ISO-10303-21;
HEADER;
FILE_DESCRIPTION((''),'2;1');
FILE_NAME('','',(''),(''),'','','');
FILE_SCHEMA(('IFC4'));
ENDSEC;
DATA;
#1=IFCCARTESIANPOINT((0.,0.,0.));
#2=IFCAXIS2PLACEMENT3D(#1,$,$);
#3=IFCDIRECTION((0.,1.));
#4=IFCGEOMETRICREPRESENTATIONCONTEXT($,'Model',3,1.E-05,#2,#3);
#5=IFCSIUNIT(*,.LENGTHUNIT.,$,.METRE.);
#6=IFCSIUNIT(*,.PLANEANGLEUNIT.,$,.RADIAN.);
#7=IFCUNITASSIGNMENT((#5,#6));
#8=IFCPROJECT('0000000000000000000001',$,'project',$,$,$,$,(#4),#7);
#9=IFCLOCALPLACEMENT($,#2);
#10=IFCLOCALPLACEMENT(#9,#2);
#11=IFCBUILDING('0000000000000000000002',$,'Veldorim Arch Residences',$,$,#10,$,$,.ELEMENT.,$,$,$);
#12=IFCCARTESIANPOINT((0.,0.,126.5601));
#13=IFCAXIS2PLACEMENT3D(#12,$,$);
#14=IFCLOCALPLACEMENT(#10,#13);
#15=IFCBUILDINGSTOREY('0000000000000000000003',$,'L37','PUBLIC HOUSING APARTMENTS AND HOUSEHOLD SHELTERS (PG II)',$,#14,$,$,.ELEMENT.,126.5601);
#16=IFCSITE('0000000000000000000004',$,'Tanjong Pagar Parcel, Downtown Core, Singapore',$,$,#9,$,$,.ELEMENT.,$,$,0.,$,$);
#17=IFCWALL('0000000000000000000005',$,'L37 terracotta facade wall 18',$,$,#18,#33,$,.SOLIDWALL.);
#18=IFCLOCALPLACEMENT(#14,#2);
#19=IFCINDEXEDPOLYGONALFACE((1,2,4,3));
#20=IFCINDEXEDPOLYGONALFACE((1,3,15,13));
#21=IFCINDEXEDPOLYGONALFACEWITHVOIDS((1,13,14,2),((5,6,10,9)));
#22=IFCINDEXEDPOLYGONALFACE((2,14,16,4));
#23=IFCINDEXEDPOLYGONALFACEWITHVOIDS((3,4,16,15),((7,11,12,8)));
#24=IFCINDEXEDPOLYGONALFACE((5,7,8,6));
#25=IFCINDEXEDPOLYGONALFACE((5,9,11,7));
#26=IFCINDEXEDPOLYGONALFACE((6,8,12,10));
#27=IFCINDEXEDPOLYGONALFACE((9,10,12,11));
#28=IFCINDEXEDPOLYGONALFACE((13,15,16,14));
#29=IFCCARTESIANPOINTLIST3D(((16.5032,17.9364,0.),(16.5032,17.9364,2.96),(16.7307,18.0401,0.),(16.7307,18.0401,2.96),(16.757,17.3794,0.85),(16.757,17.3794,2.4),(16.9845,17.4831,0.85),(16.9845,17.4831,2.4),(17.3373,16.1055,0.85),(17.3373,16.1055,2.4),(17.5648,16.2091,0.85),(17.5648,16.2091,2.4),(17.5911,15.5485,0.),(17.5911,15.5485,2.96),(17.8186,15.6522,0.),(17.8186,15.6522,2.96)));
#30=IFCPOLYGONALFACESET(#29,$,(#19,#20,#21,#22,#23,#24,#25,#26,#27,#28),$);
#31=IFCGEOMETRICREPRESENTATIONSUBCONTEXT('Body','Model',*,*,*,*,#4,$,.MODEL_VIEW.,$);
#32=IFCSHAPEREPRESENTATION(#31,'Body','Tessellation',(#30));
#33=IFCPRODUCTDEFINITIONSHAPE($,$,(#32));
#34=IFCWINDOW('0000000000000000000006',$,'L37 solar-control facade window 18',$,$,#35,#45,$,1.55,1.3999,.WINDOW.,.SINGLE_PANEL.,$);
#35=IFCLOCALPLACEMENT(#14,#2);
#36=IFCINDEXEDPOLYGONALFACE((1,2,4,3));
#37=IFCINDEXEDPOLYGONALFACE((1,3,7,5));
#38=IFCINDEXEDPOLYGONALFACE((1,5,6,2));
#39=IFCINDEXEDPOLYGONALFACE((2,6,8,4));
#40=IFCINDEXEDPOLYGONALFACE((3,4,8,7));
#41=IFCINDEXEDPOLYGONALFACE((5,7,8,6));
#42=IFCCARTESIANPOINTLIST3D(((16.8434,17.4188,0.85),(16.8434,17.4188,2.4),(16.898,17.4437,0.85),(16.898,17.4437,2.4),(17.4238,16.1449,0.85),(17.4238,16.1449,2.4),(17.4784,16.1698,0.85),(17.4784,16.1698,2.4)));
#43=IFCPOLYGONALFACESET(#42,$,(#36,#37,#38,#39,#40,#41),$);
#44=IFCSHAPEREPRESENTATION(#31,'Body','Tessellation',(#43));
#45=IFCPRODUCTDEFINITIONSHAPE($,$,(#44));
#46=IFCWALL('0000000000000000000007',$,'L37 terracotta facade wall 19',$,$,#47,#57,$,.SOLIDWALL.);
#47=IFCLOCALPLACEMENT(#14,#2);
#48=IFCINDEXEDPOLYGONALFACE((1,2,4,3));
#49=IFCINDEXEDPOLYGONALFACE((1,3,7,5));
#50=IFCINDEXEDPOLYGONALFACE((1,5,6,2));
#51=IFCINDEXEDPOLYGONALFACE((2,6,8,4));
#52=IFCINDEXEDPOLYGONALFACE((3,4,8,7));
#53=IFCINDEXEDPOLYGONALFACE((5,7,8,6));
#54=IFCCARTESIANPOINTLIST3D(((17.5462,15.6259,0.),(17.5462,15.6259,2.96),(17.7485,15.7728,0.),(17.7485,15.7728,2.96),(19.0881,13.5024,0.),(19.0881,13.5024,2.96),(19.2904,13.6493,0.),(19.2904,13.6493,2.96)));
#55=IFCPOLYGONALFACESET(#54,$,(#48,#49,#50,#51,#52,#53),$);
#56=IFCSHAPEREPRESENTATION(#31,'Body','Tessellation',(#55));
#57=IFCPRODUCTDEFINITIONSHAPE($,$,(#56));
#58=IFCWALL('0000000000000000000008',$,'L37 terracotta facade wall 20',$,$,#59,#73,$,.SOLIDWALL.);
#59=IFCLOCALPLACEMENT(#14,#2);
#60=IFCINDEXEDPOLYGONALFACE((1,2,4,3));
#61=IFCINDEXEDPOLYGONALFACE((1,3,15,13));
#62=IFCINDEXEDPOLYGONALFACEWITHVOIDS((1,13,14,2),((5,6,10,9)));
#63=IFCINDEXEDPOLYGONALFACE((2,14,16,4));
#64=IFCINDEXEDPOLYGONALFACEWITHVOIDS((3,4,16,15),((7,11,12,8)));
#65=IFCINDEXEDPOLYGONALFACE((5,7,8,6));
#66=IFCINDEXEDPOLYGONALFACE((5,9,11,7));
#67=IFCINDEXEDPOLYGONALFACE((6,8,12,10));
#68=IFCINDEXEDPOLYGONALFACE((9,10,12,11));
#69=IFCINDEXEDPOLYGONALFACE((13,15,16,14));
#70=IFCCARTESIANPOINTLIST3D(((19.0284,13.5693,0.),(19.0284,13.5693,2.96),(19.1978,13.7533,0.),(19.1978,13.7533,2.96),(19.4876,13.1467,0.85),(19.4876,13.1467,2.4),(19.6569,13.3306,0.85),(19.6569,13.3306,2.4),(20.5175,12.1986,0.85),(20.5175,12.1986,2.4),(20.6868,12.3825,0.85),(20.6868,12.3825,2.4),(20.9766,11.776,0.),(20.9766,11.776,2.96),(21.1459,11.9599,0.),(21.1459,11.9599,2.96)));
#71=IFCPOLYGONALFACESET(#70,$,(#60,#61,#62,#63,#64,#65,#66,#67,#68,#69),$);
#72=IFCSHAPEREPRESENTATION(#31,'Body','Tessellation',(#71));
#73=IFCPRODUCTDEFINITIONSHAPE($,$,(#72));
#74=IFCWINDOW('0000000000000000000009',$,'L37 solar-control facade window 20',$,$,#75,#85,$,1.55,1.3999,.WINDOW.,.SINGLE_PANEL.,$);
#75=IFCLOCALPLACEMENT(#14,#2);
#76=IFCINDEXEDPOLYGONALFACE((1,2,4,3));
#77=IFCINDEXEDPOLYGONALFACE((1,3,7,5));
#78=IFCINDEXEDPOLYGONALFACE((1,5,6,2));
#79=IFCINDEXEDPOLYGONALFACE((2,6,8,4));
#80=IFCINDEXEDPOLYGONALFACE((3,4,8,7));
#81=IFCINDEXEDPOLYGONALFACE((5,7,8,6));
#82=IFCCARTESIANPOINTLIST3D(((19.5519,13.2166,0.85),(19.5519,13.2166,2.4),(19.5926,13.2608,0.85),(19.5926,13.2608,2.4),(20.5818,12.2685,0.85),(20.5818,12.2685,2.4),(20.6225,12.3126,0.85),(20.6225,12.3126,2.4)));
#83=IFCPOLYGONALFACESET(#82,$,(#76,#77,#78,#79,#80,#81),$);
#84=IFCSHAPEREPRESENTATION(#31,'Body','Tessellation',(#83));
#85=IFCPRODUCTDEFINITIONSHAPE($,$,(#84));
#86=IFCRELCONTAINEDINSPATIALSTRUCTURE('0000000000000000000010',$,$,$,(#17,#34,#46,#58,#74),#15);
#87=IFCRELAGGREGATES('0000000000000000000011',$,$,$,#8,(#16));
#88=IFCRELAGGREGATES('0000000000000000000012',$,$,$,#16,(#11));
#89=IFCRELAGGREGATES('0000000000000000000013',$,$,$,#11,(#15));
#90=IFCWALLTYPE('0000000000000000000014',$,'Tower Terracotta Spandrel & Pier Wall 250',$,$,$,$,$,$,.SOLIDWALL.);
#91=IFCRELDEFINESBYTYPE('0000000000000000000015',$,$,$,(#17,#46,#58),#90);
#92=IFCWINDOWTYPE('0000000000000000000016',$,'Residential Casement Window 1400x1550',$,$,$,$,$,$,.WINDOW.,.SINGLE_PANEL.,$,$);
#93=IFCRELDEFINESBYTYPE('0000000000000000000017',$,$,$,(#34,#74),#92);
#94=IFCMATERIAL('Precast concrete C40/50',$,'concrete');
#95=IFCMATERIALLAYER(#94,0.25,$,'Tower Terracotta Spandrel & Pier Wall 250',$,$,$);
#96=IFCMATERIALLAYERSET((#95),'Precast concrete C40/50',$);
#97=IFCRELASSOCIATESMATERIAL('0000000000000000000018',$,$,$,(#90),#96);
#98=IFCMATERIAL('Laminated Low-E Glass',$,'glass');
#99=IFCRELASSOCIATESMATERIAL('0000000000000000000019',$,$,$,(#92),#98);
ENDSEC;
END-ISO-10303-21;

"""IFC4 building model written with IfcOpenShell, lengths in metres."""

from ifc_helpers import new_model, si_unit, direction, frame, frame_2d, origin, place, context, subcontext, project, spatial, rectangle, extrude, material, layer, layer_set, type_object, element, fill, save


model = new_model("IFC4")

# Units and contexts
model_context = context("Model", 3, precision=1e-05, world=origin(), true_north=direction((0.0, 1.0)))
body_context = subcontext(model_context, "Body", "Model", "MODEL_VIEW")
ifc_project = project(units=[si_unit("LENGTHUNIT", "METRE"), si_unit("PLANEANGLEUNIT", "RADIAN")], contexts=[model_context])

# Site, building, storey
site_placement = place(None, origin())
site = spatial("IfcSite", under=ifc_project, at=site_placement, Name="Tanjong Pagar Parcel, Downtown Core, Singapore", CompositionType="ELEMENT", RefElevation=0.0)
building_placement = place(site_placement, origin())
building = spatial("IfcBuilding", under=site, at=building_placement, Name="Veldorim Arch Residences", CompositionType="ELEMENT")
storey_placement = place(building_placement, frame((0.0, 0.0, 126.5601)))
storey = spatial("IfcBuildingStorey", under=building, at=storey_placement, Name="L37", Description="PUBLIC HOUSING APARTMENTS AND HOUSEHOLD SHELTERS (PG II)", CompositionType="ELEMENT", Elevation=126.5601)

# Wall, opening, window
ifc_material_1 = material(Name="Precast concrete C40/50", Category="concrete")
ifc_layer_1 = layer(ifc_material_1, 0.25, Name="Tower Terracotta Spandrel & Pier Wall 250")
ifc_layer_set_1 = layer_set([ifc_layer_1], Name="Precast concrete C40/50")
wall_type_1 = type_object("IfcWallType", Name="Tower Terracotta Spandrel & Pier Wall 250", PredefinedType="SOLIDWALL", material=ifc_layer_set_1)
wall_1_placement = place(storey_placement, frame((17.7048, 15.6003, 0.0), z_axis=(0.0, 0.0, 1.0), x_axis=(-0.414581, 0.910012, 0.0)))
wall_1 = element("IfcWall", 1, at=wall_1_placement, inside=storey, type_object=wall_type_1, Name="L37 terracotta facade wall 18", PredefinedType="SOLIDWALL", context=body_context, shape_type="SweptSolid", body=[
    extrude(rectangle(XDim=2.624, YDim=0.25, at=frame_2d((1.312, 0.0))), origin(), (0.0, 0.0, 1.0), 2.96),
])
opening_1_placement = place(wall_1_placement, frame((0.6121, 0.0, 0.8501)))
opening_1 = element("IfcOpeningElement", 2, at=opening_1_placement, cuts=wall_1, PredefinedType="OPENING", context=body_context, shape_type="SweptSolid", body=[
    extrude(rectangle(XDim=1.3999, YDim=1.55, at=frame_2d((0.7, 0.7749))), frame((0.0, 0.135, 0.0), z_axis=(0.0, -1.0, 0.0), x_axis=(1.0, 0.0, 0.0)), (0.0, 0.0, 1.0), 0.27),
])
ifc_material_2 = material(Name="Laminated Low-E Glass", Category="glass")
window_type = type_object("IfcWindowType", Name="Residential Casement Window 1400x1550", PartitioningType="SINGLE_PANEL", PredefinedType="WINDOW", material=ifc_material_2)
window_1_placement = place(opening_1_placement, origin())
window_1 = element("IfcWindow", 3, at=window_1_placement, inside=storey, type_object=window_type, Name="L37 solar-control facade window 18", OverallHeight=1.55, OverallWidth=1.3999, PartitioningType="SINGLE_PANEL", PredefinedType="WINDOW", context=body_context, shape_type="SweptSolid", body=[
    extrude(rectangle(XDim=1.3999, YDim=1.55, at=frame_2d((0.7, 0.7749))), frame((0.0, 0.03, 0.0), z_axis=(0.0, -1.0, 0.0), x_axis=(1.0, 0.0, 0.0)), (0.0, 0.0, 1.0), 0.0601),
])
fill(opening_1, window_1)

# Wall
wall_2_placement = place(storey_placement, frame((19.1892, 13.5759, 0.0), z_axis=(0.0, 0.0, 1.0), x_axis=(-0.587574, 0.80917, 0.0)))
element("IfcWall", 4, at=wall_2_placement, inside=storey, type_object=wall_type_1, Name="L37 terracotta facade wall 19", PredefinedType="SOLIDWALL", context=body_context, shape_type="SweptSolid", body=[
    extrude(rectangle(XDim=2.6243, YDim=0.25, at=frame_2d((1.312, 0.0))), origin(), (0.0, 0.0, 1.0), 2.96),
])

# Wall, opening, window
wall_3_placement = place(storey_placement, frame((21.0613, 11.8679, 0.0), z_axis=(0.0, 0.0, 1.0), x_axis=(-0.735729, 0.677276, 0.0)))
wall_3 = element("IfcWall", 5, at=wall_3_placement, inside=storey, type_object=wall_type_1, Name="L37 terracotta facade wall 20", PredefinedType="SOLIDWALL", context=body_context, shape_type="SweptSolid", body=[
    extrude(rectangle(XDim=2.6479, YDim=0.25, at=frame_2d((1.324, 0.0))), origin(), (0.0, 0.0, 1.0), 2.96),
])
opening_2_placement = place(wall_3_placement, frame((0.624, 0.0, 0.8501)))
opening_2 = element("IfcOpeningElement", 6, at=opening_2_placement, cuts=wall_3, PredefinedType="OPENING", context=body_context, shape_type="SweptSolid", body=[
    extrude(rectangle(XDim=1.3999, YDim=1.55, at=frame_2d((0.7, 0.7749))), frame((0.0, 0.135, 0.0), z_axis=(0.0, -1.0, 0.0), x_axis=(1.0, 0.0, 0.0)), (0.0, 0.0, 1.0), 0.27),
])
window_2_placement = place(opening_2_placement, origin())
window_2 = element("IfcWindow", 7, at=window_2_placement, inside=storey, type_object=window_type, Name="L37 solar-control facade window 20", OverallHeight=1.55, OverallWidth=1.3999, PartitioningType="SINGLE_PANEL", PredefinedType="WINDOW", context=body_context, shape_type="SweptSolid", body=[
    extrude(rectangle(XDim=1.3999, YDim=1.55, at=frame_2d((0.7, 0.7749))), frame((0.0, 0.03, 0.0), z_axis=(0.0, -1.0, 0.0), x_axis=(1.0, 0.0, 0.0)), (0.0, 0.0, 1.0), 0.0601),
])
fill(opening_2, window_2)

save(model, "model.ifc")
